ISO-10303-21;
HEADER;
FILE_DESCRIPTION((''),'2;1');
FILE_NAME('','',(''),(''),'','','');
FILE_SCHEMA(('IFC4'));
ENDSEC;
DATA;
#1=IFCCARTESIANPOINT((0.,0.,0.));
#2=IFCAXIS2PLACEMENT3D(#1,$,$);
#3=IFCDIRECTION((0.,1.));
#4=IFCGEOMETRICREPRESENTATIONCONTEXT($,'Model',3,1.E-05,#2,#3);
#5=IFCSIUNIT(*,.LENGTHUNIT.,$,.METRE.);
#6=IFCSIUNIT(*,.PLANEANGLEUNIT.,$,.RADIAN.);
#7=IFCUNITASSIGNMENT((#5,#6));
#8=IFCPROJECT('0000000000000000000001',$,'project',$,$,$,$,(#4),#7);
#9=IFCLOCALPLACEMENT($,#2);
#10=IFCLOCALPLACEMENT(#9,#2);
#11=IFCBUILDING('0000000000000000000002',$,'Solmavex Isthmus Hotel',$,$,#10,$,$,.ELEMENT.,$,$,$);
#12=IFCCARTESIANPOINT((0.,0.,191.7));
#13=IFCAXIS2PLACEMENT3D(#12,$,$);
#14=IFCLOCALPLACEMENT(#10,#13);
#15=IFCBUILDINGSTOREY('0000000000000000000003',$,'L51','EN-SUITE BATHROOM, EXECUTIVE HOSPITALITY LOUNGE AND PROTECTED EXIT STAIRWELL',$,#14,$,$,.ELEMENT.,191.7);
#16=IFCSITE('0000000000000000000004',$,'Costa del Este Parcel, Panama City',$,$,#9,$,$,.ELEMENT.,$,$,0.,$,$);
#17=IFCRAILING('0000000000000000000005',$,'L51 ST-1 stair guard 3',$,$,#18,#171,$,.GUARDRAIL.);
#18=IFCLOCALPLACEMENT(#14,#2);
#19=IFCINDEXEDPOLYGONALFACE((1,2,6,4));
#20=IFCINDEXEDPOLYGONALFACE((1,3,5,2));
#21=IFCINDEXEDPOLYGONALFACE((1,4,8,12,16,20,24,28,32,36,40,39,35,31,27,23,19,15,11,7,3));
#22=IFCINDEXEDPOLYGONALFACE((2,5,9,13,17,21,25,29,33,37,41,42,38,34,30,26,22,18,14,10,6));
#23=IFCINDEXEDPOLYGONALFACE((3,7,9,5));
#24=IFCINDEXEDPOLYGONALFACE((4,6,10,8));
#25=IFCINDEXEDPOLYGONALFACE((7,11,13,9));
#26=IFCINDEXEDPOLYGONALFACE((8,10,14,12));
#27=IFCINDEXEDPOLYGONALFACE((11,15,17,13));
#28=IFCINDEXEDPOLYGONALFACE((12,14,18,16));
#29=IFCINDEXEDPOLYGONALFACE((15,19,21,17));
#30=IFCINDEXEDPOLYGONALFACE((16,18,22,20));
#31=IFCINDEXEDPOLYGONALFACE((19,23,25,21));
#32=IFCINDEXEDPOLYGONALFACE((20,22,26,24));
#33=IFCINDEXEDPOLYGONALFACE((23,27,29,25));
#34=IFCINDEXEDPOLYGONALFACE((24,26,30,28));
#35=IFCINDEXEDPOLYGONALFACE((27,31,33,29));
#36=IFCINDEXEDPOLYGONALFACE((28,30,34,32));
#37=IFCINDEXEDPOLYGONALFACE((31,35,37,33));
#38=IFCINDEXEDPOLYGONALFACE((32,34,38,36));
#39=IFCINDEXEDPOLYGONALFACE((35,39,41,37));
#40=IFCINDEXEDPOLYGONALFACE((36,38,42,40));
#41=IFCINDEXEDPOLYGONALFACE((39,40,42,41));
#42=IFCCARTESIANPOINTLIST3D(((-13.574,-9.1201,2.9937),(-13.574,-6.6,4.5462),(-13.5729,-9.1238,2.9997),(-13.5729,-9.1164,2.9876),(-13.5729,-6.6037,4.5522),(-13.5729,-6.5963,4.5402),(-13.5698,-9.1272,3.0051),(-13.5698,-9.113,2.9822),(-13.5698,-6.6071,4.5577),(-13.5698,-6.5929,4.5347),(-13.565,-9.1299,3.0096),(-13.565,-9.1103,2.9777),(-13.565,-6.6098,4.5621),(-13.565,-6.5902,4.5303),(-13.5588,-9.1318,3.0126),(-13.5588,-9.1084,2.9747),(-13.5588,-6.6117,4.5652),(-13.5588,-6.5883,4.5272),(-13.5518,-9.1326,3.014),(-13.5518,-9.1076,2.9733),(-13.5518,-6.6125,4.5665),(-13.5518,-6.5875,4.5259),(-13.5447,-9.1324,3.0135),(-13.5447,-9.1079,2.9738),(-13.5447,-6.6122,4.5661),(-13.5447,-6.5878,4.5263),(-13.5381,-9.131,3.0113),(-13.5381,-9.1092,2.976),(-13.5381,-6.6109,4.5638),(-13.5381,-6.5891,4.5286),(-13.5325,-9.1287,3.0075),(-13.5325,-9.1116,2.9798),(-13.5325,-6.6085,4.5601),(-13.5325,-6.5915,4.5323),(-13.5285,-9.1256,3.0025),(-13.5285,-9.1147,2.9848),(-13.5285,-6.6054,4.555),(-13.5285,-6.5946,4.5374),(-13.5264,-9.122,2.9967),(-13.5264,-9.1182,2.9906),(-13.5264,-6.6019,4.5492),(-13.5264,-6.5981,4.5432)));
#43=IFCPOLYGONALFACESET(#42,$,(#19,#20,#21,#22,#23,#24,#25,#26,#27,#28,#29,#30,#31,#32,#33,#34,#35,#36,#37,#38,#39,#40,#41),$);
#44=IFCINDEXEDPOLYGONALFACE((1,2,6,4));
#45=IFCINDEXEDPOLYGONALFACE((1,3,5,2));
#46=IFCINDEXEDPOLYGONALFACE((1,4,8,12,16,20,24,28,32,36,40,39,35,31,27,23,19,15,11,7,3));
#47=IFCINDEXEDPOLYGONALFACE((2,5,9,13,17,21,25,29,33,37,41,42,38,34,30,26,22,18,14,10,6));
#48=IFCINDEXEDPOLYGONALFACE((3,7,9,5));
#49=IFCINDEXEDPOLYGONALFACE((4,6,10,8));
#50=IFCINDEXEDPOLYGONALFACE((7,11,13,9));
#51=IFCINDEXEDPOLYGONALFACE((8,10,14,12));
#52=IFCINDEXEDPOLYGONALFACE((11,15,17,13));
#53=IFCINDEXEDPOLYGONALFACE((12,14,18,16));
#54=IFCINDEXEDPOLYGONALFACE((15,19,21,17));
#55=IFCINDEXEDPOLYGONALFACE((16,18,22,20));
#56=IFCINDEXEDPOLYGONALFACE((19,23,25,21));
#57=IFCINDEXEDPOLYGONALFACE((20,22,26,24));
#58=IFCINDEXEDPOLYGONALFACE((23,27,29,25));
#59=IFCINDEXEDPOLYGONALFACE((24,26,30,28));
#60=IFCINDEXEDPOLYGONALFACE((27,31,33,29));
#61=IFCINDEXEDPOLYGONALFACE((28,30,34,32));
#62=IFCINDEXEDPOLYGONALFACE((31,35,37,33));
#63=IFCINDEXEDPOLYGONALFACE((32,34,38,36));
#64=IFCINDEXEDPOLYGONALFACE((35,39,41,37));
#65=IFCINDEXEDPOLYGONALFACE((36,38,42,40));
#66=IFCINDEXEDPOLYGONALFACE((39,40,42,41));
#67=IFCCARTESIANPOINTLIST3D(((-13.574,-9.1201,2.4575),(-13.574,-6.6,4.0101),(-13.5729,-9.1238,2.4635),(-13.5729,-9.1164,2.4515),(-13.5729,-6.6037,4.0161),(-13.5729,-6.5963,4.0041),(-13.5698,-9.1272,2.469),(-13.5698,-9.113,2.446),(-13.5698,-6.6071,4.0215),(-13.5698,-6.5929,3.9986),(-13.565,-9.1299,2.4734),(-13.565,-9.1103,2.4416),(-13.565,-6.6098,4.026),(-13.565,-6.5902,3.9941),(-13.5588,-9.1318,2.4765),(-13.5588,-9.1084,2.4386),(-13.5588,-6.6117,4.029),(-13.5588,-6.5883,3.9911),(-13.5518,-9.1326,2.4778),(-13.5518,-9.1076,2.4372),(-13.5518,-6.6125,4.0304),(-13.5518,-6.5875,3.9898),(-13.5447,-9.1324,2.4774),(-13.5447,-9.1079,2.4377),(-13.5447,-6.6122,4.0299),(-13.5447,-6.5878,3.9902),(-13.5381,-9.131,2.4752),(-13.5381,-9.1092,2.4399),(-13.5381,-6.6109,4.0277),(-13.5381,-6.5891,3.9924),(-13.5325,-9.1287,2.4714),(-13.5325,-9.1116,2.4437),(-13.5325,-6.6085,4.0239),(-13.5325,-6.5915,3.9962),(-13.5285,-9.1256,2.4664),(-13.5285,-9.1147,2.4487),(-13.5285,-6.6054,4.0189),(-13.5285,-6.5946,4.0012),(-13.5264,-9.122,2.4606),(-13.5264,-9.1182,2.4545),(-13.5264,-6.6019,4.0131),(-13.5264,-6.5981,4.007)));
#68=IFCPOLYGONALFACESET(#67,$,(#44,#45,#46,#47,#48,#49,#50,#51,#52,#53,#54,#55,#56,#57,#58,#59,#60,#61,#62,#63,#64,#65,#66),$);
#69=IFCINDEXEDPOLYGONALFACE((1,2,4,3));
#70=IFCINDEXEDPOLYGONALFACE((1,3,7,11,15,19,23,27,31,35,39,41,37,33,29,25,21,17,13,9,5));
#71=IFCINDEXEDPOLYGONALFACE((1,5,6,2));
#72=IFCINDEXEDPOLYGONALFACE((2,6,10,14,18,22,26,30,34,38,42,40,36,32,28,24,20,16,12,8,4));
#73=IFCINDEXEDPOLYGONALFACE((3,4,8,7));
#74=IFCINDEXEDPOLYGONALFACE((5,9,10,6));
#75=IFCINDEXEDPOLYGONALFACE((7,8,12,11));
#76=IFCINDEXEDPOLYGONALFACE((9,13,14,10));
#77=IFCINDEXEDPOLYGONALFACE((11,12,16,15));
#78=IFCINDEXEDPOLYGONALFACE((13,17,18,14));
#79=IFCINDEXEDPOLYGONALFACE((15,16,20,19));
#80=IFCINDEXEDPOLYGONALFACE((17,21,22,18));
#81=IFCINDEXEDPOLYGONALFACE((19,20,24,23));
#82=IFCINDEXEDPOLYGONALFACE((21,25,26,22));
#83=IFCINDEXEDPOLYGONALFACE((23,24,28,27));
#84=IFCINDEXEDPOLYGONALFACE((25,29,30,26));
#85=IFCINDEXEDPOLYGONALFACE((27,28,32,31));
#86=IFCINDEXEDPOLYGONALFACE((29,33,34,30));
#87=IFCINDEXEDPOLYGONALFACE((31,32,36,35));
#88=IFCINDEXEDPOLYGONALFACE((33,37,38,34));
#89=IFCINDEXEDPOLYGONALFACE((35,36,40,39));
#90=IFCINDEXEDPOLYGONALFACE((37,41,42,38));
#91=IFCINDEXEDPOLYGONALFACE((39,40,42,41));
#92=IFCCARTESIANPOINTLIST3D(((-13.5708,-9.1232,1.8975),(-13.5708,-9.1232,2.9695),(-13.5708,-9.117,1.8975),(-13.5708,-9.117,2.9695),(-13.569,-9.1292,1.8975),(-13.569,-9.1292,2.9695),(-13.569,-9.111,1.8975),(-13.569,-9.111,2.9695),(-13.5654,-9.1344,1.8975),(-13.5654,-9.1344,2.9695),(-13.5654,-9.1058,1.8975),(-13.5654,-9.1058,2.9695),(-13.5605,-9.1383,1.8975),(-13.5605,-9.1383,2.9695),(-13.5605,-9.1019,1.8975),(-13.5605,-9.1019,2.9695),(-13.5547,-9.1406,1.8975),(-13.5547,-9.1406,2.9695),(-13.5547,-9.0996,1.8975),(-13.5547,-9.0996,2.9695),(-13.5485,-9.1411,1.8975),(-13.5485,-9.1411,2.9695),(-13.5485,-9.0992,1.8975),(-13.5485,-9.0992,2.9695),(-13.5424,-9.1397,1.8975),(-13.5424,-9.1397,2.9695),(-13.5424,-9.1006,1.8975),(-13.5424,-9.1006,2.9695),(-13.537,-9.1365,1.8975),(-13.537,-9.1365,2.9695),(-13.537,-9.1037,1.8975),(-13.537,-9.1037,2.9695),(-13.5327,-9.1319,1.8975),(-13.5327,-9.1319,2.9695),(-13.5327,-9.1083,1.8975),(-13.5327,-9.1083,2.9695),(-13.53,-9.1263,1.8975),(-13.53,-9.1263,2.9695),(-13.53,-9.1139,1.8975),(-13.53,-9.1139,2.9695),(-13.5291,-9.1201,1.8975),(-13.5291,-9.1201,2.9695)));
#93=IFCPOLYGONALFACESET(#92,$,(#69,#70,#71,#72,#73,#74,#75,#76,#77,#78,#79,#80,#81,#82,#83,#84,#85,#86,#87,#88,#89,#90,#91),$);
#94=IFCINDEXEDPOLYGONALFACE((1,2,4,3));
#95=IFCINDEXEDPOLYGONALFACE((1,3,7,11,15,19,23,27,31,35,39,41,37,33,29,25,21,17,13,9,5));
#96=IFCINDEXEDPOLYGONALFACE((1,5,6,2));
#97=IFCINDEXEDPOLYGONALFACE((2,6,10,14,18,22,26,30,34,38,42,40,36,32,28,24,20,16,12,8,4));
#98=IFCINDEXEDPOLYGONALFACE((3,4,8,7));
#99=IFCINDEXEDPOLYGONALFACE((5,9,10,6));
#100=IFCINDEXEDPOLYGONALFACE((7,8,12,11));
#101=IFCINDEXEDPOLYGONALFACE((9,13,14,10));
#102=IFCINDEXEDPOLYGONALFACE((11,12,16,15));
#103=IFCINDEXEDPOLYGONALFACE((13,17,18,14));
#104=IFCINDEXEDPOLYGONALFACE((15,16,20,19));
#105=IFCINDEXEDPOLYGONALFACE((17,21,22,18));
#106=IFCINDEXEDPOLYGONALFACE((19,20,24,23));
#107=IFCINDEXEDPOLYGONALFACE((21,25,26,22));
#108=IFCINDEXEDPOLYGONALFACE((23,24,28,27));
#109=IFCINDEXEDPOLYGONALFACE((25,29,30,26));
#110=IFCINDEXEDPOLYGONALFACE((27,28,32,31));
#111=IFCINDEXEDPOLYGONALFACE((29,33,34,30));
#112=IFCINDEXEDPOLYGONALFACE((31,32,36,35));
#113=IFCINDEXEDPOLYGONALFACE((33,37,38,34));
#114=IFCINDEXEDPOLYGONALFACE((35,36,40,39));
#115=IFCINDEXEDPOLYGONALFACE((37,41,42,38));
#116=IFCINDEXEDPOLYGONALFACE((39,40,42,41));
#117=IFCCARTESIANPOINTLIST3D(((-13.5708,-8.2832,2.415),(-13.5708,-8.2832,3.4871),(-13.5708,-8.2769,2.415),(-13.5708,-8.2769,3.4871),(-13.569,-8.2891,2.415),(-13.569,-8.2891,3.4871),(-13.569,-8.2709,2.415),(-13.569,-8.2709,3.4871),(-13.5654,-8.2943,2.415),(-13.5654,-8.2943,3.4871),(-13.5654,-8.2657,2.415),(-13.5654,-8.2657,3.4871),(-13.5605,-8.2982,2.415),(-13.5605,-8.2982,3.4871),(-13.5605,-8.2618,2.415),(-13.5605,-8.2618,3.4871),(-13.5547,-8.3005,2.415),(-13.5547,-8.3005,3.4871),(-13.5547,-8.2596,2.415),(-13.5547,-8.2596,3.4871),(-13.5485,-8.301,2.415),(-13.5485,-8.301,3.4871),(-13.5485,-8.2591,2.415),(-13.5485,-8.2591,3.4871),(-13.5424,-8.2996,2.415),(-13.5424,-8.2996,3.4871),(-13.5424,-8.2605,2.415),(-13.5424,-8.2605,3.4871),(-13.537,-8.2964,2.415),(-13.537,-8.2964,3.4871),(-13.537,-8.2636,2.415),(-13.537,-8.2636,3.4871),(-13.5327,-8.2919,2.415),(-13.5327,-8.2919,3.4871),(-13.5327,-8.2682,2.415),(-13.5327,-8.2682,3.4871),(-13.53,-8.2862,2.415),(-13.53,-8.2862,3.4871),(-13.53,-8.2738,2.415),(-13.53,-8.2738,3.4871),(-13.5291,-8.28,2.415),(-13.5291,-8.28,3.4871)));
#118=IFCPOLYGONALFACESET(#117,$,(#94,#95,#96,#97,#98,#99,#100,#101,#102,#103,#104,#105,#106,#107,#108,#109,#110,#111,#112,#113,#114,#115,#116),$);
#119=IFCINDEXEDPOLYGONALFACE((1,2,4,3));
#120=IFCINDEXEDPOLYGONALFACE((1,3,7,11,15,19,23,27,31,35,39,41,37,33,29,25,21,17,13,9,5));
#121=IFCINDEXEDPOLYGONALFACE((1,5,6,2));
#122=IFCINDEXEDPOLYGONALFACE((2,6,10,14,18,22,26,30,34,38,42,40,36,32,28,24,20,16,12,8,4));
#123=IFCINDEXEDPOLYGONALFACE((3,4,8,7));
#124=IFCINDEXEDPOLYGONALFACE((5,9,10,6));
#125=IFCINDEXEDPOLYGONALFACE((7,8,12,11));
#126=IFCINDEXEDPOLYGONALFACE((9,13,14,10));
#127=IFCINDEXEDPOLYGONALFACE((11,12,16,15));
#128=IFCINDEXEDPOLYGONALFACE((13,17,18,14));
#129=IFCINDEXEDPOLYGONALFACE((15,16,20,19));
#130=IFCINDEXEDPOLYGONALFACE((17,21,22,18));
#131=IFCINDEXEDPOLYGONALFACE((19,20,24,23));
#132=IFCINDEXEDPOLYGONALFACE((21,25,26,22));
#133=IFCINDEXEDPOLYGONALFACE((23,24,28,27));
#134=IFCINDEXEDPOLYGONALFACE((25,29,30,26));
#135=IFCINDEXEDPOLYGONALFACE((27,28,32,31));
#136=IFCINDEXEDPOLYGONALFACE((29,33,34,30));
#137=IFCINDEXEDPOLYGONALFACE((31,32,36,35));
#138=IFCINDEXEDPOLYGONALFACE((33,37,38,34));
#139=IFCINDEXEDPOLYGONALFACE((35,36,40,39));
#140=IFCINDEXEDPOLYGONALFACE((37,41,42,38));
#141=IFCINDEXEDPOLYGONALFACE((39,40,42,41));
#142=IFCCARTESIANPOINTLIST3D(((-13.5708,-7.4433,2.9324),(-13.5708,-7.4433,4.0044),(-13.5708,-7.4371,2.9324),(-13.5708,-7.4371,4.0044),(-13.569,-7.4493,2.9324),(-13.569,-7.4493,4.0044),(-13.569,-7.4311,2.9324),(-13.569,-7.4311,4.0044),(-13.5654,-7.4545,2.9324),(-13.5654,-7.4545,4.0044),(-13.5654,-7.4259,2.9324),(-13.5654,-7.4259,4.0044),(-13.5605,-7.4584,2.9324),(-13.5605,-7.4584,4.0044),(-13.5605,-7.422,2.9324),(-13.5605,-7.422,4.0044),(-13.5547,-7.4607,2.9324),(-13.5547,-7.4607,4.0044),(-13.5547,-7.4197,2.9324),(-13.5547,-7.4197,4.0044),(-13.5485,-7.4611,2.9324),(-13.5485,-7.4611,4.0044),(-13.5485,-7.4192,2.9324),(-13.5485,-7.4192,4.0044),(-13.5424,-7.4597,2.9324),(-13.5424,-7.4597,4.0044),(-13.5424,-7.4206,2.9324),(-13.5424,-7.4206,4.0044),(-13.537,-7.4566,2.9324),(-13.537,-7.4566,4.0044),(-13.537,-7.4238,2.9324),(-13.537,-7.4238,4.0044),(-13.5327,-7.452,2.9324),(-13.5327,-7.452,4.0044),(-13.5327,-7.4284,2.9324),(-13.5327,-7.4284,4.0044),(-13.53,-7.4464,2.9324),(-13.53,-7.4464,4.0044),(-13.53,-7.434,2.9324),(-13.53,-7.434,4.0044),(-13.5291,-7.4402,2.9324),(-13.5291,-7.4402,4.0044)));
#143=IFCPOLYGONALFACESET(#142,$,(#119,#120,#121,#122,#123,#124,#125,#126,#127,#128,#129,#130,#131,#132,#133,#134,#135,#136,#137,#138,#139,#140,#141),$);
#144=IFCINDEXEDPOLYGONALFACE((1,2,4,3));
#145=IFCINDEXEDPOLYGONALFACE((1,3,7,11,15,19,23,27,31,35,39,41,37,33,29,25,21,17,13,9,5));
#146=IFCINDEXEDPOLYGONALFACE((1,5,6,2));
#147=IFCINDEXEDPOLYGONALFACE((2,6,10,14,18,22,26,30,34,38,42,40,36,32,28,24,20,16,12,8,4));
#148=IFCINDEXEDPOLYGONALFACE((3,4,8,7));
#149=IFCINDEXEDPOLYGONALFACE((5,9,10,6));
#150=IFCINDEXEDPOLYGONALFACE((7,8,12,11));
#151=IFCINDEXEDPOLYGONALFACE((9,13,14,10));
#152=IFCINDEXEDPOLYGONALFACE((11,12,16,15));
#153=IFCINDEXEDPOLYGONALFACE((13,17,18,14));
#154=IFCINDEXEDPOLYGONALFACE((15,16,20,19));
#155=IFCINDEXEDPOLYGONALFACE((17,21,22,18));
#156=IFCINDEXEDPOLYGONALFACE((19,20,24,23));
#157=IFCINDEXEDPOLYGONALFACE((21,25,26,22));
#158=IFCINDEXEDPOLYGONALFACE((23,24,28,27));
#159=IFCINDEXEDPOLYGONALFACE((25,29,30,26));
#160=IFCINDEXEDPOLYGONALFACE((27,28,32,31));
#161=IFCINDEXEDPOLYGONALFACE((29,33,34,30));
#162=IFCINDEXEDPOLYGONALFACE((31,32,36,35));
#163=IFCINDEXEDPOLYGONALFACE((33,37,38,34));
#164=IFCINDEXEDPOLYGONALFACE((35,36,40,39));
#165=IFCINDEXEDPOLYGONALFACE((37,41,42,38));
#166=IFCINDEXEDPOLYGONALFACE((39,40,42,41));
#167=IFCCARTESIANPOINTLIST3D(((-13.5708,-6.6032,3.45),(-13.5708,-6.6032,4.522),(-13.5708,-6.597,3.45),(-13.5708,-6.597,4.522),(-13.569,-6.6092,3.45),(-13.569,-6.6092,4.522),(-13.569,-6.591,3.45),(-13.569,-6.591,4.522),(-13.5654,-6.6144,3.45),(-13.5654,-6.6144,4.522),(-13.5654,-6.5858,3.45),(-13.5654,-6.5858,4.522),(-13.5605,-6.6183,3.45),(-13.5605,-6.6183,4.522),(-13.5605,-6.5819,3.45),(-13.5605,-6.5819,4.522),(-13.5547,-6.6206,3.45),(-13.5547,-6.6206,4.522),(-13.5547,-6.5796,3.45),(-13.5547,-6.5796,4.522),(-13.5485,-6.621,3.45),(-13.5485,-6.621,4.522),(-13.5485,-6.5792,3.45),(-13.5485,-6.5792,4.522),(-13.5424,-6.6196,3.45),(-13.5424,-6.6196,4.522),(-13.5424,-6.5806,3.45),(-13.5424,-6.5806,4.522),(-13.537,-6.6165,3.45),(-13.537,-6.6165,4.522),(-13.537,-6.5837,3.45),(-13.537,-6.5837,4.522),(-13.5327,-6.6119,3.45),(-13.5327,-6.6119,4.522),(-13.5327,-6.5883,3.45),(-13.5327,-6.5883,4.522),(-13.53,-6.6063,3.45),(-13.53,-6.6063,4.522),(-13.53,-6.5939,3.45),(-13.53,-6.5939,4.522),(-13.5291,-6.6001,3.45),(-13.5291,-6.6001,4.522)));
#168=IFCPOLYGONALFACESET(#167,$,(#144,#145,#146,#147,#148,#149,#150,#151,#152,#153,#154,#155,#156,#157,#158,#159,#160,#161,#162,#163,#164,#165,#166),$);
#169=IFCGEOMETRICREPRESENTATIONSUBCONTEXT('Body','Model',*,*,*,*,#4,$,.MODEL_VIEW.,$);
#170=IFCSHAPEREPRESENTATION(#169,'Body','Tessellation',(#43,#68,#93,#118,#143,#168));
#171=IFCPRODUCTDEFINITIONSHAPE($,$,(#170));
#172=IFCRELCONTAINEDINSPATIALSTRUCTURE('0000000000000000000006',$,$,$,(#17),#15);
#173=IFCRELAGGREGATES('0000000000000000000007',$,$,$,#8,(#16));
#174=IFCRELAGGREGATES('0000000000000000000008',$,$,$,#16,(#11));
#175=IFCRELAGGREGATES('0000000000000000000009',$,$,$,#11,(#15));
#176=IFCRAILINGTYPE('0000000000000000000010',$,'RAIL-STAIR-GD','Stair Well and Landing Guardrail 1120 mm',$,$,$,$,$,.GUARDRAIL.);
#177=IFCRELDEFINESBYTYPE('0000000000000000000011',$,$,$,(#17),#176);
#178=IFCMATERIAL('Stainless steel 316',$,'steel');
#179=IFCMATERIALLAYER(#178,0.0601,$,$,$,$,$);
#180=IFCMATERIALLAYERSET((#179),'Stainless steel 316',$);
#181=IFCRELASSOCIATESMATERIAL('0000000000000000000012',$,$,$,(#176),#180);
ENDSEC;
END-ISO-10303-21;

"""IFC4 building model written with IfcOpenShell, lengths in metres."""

from ifc_helpers import new_model, si_unit, direction, frame, origin, origin_2d, place, context, subcontext, project, spatial, circle, extrude, material, layer, layer_set, type_object, element, save


model = new_model("IFC4")

# Units and contexts
model_context = context("Model", 3, precision=1e-05, world=origin(), true_north=direction((0.0, 1.0)))
body_context = subcontext(model_context, "Body", "Model", "MODEL_VIEW")
ifc_project = project(units=[si_unit("LENGTHUNIT", "METRE"), si_unit("PLANEANGLEUNIT", "RADIAN")], contexts=[model_context])

# Site, building, storey
site_placement = place(None, origin())
site = spatial("IfcSite", under=ifc_project, at=site_placement, Name="Costa del Este Parcel, Panama City", CompositionType="ELEMENT", RefElevation=0.0)
building_placement = place(site_placement, origin())
building = spatial("IfcBuilding", under=site, at=building_placement, Name="Solmavex Isthmus Hotel", CompositionType="ELEMENT")
storey_placement = place(building_placement, frame((0.0, 0.0, 191.7)))
storey = spatial("IfcBuildingStorey", under=building, at=storey_placement, Name="L51", Description="EN-SUITE BATHROOM, EXECUTIVE HOSPITALITY LOUNGE AND PROTECTED EXIT STAIRWELL", CompositionType="ELEMENT", Elevation=191.7)

# Shared definitions
ifc_material_1 = material(Name="Stainless steel 316", Category="steel")

# Railing
ifc_layer_1 = layer(ifc_material_1, 0.0601)
ifc_layer_set_1 = layer_set([ifc_layer_1], Name="Stainless steel 316")
railing_type_1 = type_object("IfcRailingType", Name="RAIL-STAIR-GD", Description="Stair Well and Landing Guardrail 1120 mm", PredefinedType="GUARDRAIL", material=ifc_layer_set_1)
railing_1_placement = place(storey_placement, frame((-13.55, -9.1201, 1.8975)))
element("IfcRailing", 1, at=railing_1_placement, inside=storey, type_object=railing_type_1, Name="L51 ST-1 stair guard 3", PredefinedType="GUARDRAIL", context=body_context, shape_type="SweptSolid", body=[
    extrude(circle(Radius=0.0239, at=origin_2d()), frame((0.0, 0.0, 1.0962), z_axis=(0.0, 0.8514, 0.524516), x_axis=(-1.0, 0.0, 0.0)), (0.0, 0.0, 1.0), 2.96),
    extrude(circle(Radius=0.0239, at=origin_2d()), frame((0.0, 0.0, 0.5601), z_axis=(0.0, 0.8514, 0.524516), x_axis=(-1.0, 0.0, 0.0)), (0.0, 0.0, 1.0), 2.96),
    extrude(circle(Radius=0.021, at=origin_2d()), origin(), (0.0, 0.0, 1.0), 1.072),
    extrude(circle(Radius=0.021, at=origin_2d()), frame((0.0, 0.8401, 0.5176)), (0.0, 0.0, 1.0), 1.072),
    extrude(circle(Radius=0.021, at=origin_2d()), frame((0.0, 1.6799, 1.0349)), (0.0, 0.0, 1.0), 1.072),
    extrude(circle(Radius=0.021, at=origin_2d()), frame((0.0, 2.52, 1.5525)), (0.0, 0.0, 1.0), 1.072),
])

save(model, "model.ifc")
